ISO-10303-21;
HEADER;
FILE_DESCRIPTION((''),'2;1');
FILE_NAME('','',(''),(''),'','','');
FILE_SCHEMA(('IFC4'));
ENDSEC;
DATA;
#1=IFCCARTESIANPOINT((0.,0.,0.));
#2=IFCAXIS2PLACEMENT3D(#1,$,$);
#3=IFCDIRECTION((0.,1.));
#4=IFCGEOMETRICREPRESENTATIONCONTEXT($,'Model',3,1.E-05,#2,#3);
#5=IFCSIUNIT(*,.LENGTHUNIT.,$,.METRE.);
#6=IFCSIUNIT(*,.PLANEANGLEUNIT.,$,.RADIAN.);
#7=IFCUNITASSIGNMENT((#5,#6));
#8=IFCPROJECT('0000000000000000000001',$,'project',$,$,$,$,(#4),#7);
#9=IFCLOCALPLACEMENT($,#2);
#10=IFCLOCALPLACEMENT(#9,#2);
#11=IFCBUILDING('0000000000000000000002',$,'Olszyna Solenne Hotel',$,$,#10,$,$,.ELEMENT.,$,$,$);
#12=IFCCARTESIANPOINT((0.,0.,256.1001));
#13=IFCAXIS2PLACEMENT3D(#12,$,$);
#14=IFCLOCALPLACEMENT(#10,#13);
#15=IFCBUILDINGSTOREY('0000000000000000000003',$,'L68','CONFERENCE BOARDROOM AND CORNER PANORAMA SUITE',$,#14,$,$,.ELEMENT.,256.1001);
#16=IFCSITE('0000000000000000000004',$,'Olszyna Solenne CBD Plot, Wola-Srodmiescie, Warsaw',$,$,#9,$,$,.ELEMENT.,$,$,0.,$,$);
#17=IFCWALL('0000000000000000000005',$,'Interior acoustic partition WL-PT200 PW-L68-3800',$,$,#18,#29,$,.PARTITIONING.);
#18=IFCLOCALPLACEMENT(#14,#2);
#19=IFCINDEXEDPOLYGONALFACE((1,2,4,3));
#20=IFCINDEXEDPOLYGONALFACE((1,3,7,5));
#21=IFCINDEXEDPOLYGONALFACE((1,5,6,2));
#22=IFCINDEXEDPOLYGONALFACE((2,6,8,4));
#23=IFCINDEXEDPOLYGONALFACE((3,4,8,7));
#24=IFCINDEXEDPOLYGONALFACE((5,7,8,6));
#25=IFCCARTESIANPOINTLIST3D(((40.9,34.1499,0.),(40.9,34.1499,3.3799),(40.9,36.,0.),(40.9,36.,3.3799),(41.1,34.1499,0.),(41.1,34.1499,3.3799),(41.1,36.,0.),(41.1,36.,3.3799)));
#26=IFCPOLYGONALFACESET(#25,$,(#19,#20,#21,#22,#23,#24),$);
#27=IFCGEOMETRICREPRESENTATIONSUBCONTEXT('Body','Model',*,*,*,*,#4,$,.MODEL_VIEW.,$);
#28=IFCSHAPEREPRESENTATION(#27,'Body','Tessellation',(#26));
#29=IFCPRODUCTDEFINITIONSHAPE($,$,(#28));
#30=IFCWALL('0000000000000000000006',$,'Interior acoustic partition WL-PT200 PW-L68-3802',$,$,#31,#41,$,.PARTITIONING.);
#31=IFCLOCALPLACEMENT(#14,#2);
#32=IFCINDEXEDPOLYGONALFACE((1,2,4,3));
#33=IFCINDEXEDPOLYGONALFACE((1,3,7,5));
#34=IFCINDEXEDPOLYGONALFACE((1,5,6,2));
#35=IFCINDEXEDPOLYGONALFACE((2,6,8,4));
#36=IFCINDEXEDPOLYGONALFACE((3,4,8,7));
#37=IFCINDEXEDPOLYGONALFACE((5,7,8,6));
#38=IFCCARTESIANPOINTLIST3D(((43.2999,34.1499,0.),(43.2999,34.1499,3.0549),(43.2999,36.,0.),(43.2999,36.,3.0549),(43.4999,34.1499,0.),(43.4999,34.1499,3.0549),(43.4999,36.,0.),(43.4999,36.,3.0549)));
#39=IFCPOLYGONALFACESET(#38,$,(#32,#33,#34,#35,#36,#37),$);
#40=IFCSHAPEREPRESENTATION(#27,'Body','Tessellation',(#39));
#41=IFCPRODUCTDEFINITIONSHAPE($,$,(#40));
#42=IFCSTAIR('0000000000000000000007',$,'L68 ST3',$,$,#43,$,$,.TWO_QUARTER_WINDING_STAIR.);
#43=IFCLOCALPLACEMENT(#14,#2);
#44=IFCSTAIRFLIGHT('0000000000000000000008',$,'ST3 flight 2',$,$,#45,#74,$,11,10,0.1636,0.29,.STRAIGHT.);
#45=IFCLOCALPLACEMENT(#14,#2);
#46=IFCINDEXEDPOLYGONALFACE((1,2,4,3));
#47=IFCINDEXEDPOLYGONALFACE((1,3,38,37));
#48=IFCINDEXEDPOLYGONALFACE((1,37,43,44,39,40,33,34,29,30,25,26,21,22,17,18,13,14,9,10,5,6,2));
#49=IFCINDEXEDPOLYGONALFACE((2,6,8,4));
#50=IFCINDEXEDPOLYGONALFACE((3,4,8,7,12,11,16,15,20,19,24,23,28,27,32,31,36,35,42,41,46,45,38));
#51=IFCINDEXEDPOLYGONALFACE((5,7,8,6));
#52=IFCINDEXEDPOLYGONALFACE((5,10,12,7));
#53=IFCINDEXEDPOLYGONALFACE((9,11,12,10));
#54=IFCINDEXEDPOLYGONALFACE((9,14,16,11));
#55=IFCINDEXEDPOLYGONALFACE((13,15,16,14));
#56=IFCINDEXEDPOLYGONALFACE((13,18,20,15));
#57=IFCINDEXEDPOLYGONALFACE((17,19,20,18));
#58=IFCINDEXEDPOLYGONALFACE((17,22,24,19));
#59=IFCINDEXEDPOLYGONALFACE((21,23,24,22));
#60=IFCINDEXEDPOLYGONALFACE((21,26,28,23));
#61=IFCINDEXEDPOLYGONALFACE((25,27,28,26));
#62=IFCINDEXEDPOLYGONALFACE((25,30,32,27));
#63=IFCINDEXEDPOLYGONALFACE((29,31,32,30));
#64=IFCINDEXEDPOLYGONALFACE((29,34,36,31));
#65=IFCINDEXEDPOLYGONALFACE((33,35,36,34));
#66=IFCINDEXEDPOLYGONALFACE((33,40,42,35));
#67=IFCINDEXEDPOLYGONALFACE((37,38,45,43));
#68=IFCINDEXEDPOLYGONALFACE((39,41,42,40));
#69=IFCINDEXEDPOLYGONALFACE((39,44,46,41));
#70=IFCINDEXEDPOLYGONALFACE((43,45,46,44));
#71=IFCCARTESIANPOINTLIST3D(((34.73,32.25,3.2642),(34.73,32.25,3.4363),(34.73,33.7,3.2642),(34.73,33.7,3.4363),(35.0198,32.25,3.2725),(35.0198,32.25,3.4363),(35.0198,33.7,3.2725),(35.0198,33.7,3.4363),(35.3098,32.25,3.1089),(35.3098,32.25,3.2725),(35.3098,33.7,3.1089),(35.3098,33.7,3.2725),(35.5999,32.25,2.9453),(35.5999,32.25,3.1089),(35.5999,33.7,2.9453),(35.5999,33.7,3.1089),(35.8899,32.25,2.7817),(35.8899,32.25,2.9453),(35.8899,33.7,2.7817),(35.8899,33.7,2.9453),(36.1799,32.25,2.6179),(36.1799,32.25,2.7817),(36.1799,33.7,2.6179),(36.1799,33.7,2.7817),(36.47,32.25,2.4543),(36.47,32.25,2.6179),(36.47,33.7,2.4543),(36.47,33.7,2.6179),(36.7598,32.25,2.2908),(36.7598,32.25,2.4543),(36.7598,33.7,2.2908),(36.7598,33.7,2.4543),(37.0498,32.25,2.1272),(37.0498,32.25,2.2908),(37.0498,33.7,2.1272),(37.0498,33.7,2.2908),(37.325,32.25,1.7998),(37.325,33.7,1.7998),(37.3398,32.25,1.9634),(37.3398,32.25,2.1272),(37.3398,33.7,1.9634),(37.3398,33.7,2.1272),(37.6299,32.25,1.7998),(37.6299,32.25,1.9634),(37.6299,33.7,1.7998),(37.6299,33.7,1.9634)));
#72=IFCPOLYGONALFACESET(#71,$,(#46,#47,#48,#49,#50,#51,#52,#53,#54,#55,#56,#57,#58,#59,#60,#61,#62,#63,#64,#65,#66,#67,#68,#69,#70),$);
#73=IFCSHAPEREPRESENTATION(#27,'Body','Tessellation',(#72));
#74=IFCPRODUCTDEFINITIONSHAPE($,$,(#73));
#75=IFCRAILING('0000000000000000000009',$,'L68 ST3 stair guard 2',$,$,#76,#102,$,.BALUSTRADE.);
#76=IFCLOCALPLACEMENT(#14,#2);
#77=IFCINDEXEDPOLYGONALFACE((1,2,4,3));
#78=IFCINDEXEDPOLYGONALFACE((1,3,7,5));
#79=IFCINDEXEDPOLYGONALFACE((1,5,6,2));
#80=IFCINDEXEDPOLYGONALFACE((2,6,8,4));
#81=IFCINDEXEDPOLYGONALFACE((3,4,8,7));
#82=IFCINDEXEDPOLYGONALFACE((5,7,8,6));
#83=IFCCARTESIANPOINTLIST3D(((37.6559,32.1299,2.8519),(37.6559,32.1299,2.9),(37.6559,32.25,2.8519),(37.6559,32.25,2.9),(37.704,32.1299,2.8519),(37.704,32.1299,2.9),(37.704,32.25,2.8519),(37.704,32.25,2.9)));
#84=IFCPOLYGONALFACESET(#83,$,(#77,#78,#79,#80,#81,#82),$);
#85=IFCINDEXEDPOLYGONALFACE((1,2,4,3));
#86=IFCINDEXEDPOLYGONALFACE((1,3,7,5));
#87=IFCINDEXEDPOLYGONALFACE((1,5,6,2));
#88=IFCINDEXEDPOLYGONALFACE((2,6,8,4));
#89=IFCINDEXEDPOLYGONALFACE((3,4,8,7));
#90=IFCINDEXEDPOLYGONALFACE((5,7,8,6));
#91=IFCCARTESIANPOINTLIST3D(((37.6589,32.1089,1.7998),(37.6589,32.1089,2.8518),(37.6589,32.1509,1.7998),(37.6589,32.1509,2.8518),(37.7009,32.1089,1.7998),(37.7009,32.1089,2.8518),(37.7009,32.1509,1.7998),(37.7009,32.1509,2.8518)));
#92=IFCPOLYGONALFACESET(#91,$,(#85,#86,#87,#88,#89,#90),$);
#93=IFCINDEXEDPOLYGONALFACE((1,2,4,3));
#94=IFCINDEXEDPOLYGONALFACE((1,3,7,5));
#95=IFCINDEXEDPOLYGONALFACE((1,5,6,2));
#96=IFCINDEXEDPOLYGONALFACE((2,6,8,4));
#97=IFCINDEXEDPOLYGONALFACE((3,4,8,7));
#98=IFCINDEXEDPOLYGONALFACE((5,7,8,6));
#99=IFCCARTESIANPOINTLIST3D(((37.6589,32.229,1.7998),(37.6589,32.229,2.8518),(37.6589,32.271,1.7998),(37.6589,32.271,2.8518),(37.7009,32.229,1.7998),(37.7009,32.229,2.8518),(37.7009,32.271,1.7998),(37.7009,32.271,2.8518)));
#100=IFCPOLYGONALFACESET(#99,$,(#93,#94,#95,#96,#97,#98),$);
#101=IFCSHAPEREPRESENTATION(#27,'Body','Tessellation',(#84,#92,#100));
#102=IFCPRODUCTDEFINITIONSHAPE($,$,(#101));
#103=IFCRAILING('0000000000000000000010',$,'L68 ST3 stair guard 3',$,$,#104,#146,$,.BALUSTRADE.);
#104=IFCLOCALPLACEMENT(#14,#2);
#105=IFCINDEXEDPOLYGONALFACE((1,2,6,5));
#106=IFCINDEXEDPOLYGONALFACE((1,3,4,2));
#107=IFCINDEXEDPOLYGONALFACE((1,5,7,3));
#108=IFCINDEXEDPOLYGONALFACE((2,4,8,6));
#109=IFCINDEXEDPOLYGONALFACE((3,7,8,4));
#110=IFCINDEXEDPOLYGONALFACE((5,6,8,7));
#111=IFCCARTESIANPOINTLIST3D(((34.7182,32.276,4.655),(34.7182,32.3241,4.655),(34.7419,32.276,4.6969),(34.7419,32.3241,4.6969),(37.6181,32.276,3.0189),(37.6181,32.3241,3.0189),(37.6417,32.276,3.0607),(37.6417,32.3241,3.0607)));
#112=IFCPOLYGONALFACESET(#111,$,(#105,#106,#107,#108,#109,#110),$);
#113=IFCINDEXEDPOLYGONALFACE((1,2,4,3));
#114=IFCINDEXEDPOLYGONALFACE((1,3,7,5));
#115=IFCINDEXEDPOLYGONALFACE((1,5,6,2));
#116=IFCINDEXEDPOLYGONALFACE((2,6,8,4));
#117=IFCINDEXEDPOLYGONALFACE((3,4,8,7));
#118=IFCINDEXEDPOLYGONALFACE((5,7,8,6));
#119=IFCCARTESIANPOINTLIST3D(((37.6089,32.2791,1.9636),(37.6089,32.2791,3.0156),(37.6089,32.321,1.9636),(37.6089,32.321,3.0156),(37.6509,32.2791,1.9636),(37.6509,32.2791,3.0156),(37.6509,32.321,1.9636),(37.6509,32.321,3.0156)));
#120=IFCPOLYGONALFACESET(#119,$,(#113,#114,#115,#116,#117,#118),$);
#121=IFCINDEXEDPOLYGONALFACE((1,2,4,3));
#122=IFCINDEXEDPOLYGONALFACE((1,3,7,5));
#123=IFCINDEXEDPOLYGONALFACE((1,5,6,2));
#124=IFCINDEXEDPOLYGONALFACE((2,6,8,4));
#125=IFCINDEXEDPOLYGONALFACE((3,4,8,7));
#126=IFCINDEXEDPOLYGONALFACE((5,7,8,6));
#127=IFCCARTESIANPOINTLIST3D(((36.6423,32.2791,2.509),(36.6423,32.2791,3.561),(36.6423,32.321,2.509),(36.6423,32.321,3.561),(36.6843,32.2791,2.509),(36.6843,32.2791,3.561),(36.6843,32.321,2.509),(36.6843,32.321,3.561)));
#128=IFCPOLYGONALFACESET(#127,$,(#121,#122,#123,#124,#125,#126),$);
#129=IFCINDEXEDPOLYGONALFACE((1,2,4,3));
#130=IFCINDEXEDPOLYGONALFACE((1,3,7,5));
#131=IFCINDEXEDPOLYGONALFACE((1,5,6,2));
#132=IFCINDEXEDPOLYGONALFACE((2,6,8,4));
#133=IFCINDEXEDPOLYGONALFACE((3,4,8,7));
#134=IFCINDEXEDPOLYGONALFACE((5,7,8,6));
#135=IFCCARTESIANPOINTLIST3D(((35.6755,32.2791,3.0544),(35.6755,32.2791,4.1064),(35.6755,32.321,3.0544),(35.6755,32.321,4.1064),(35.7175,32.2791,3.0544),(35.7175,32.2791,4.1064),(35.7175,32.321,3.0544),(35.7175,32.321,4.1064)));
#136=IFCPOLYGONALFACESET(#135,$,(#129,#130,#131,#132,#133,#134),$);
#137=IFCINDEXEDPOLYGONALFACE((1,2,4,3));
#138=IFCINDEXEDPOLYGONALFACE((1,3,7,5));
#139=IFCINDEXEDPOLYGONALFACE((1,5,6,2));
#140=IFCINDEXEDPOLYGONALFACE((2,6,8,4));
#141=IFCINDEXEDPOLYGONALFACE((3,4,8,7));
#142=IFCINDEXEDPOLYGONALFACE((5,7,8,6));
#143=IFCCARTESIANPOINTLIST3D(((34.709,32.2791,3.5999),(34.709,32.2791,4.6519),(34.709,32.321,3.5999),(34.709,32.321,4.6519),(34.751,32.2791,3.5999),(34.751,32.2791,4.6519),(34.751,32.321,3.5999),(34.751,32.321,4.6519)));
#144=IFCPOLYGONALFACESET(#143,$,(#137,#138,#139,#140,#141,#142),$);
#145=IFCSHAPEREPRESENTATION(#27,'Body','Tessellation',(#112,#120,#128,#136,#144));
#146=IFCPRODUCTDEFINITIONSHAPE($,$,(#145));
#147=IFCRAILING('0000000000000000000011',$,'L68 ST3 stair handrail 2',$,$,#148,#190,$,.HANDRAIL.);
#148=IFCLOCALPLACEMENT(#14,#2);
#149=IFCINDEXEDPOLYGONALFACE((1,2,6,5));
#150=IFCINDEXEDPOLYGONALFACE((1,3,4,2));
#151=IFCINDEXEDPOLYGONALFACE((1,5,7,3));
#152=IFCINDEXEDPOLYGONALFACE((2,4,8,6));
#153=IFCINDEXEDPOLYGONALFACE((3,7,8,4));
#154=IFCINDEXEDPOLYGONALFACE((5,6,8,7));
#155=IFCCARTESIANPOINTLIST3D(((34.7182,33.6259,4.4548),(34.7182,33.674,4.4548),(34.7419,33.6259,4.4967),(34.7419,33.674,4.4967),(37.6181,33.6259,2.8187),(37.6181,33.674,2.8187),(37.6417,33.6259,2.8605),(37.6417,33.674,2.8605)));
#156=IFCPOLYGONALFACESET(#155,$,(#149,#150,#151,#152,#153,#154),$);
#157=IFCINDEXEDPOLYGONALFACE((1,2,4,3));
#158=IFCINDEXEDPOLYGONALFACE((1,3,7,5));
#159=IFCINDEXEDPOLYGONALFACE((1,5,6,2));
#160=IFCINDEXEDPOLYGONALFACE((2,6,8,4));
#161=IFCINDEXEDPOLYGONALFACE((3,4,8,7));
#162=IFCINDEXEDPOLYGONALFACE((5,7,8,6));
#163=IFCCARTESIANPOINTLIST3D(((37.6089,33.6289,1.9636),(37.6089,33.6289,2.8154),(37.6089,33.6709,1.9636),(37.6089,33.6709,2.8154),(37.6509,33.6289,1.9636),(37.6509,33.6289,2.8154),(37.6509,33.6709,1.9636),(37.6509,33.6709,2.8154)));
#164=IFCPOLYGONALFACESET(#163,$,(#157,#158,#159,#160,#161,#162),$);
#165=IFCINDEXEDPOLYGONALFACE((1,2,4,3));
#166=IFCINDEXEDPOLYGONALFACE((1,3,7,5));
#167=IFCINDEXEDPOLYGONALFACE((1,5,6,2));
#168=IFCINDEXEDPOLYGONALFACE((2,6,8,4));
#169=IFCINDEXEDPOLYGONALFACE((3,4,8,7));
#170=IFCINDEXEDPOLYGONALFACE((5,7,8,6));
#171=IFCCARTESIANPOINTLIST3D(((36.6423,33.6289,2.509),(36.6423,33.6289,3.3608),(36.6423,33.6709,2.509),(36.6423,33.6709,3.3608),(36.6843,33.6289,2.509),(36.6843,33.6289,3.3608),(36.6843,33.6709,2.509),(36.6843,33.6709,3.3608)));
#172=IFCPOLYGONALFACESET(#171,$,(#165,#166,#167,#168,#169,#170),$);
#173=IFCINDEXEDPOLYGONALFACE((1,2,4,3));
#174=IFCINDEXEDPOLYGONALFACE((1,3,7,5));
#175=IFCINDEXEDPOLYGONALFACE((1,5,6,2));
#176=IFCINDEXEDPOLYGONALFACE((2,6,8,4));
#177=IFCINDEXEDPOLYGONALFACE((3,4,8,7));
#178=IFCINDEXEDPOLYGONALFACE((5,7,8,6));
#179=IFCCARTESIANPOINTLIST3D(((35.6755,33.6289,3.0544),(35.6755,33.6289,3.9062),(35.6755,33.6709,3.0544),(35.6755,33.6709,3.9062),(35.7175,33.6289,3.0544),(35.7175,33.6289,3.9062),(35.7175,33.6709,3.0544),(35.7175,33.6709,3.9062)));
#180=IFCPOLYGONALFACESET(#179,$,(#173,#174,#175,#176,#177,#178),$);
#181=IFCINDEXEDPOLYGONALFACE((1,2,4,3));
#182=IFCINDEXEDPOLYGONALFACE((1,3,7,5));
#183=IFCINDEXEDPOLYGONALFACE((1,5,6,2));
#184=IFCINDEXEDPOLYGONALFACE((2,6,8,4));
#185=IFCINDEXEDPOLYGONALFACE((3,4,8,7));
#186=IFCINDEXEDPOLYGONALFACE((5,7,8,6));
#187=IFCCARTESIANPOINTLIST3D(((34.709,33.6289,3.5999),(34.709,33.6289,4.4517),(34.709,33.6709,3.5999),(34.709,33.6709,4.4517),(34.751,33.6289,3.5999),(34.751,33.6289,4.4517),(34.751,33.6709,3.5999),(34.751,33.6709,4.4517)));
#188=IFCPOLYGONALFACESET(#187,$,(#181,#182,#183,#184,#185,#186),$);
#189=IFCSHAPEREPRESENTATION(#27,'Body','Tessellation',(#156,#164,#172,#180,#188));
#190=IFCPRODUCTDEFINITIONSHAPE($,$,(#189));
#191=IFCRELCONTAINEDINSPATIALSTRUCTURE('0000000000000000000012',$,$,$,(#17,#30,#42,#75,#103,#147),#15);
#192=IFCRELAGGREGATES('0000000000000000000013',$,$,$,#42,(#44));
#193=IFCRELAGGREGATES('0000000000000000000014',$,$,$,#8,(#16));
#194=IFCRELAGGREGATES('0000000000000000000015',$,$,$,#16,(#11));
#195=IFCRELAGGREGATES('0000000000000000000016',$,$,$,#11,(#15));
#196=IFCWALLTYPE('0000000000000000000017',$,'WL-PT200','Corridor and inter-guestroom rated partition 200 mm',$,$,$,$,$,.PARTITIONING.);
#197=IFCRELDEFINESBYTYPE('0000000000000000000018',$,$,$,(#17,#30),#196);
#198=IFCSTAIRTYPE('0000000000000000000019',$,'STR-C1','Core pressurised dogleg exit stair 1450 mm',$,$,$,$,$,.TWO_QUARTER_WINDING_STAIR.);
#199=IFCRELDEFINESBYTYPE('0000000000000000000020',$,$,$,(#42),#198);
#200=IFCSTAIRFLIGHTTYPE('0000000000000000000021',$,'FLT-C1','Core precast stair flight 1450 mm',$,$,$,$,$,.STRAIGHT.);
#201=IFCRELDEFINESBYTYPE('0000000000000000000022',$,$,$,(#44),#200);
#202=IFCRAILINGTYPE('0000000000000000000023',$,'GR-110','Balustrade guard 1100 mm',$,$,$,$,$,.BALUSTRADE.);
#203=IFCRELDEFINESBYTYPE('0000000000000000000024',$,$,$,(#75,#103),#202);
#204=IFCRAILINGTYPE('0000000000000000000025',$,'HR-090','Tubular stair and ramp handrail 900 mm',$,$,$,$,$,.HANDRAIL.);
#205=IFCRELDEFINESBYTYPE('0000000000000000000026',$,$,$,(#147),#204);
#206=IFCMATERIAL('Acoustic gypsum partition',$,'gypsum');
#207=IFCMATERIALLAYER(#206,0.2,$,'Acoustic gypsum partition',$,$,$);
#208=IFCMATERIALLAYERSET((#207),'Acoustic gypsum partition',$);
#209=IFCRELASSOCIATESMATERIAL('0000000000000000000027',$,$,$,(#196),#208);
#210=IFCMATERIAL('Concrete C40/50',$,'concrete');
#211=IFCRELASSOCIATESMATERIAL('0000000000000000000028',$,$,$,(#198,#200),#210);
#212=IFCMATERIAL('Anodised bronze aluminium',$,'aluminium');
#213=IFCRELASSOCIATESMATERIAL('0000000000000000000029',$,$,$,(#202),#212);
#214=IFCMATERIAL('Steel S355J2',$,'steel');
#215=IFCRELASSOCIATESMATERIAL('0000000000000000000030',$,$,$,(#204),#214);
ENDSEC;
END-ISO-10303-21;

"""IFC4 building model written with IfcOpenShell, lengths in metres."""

from ifc_helpers import new_model, si_unit, direction, frame, frame_2d, origin, origin_2d, place, context, subcontext, project, spatial, polyline, rectangle, outline, extrude, material, layer, layer_set, type_object, element, aggregate, save


model = new_model("IFC4")

# Units and contexts
model_context = context("Model", 3, precision=1e-05, world=origin(), true_north=direction((0.0, 1.0)))
body_context = subcontext(model_context, "Body", "Model", "MODEL_VIEW")
ifc_project = project(units=[si_unit("LENGTHUNIT", "METRE"), si_unit("PLANEANGLEUNIT", "RADIAN")], contexts=[model_context])

# Site, building, storey
site_placement = place(None, origin())
site = spatial("IfcSite", under=ifc_project, at=site_placement, Name="Olszyna Solenne CBD Plot, Wola-Srodmiescie, Warsaw", CompositionType="ELEMENT", RefElevation=0.0)
building_placement = place(site_placement, origin())
building = spatial("IfcBuilding", under=site, at=building_placement, Name="Olszyna Solenne Hotel", CompositionType="ELEMENT")
storey_placement = place(building_placement, frame((0.0, 0.0, 256.1001)))
storey = spatial("IfcBuildingStorey", under=building, at=storey_placement, Name="L68", Description="CONFERENCE BOARDROOM AND CORNER PANORAMA SUITE", CompositionType="ELEMENT", Elevation=256.1001)

# Shared definitions
ifc_material_1 = material(Name="Steel S355J2", Category="steel")

# Shared definitions
ifc_material_2 = material(Name="Anodised bronze aluminium", Category="aluminium")

# Shared definitions
ifc_material_3 = material(Name="Acoustic gypsum partition", Category="gypsum")

# Walls
ifc_layer_1 = layer(ifc_material_3, 0.2, Name="Acoustic gypsum partition")
ifc_layer_set_1 = layer_set([ifc_layer_1], Name="Acoustic gypsum partition")
wall_type_1 = type_object("IfcWallType", Name="WL-PT200", Description="Corridor and inter-guestroom rated partition 200 mm", PredefinedType="PARTITIONING", material=ifc_layer_set_1)
wall_1_placement = place(storey_placement, frame((41.0, 34.1499, 0.0), z_axis=(0.0, 0.0, 1.0), x_axis=(0.0, 1.0, 0.0)))
element("IfcWall", 1, at=wall_1_placement, inside=storey, type_object=wall_type_1, Name="Interior acoustic partition WL-PT200 PW-L68-3800", PredefinedType="PARTITIONING", context=body_context, shape_type="SweptSolid", body=[
    extrude(rectangle(XDim=1.8501, YDim=0.2, at=frame_2d((0.925, 0.0))), origin(), (0.0, 0.0, 1.0), 3.3799),
])
wall_2_placement = place(storey_placement, frame((43.3999, 34.1499, 0.0), z_axis=(0.0, 0.0, 1.0), x_axis=(0.0, 1.0, 0.0)))
element("IfcWall", 2, at=wall_2_placement, inside=storey, type_object=wall_type_1, Name="Interior acoustic partition WL-PT200 PW-L68-3802", PredefinedType="PARTITIONING", context=body_context, shape_type="SweptSolid", body=[
    extrude(rectangle(XDim=1.8501, YDim=0.2, at=frame_2d((0.925, 0.0))), origin(), (0.0, 0.0, 1.0), 3.0549),
])

# Stair, stair flight
ifc_material_4 = material(Name="Concrete C40/50", Category="concrete")
stair_type = type_object("IfcStairType", Name="STR-C1", Description="Core pressurised dogleg exit stair 1450 mm", PredefinedType="TWO_QUARTER_WINDING_STAIR", material=ifc_material_4)
stair_placement = place(storey_placement, origin())
stair = element("IfcStair", 3, at=stair_placement, inside=storey, type_object=stair_type, Name="L68 ST3", PredefinedType="TWO_QUARTER_WINDING_STAIR")
stair_flight_type = type_object("IfcStairFlightType", Name="FLT-C1", Description="Core precast stair flight 1450 mm", PredefinedType="STRAIGHT", material=ifc_material_4)
stair_flight_placement = place(storey_placement, frame((37.6299, 32.9751, 1.7998), z_axis=(0.0, 0.0, 1.0), x_axis=(-1.0, 0.0, 0.0)))
stair_flight = element("IfcStairFlight", 4, at=stair_flight_placement, type_object=stair_flight_type, Name="ST3 flight 2", NumberOfRisers=11, NumberOfTreads=10, PredefinedType="STRAIGHT", RiserHeight=0.1636, TreadLength=0.29, context=body_context, shape_type="SweptSolid", body=[
    extrude(outline(polyline([(0.0, 0.0), (0.0, 0.1636), (0.29, 0.1636), (0.29, 0.3274), (0.5801, 0.3274), (0.5801, 0.491), (0.8701, 0.491), (0.8701, 0.6545), (1.1599, 0.6545), (1.1599, 0.8181), (1.45, 0.8181), (1.45, 0.9819), (1.74, 0.9819), (1.74, 1.1455), (2.03, 1.1455), (2.03, 1.3091), (2.3201, 1.3091), (2.3201, 1.4727), (2.6101, 1.4727), (2.6101, 1.6365), (2.8999, 1.6365), (2.8999, 1.8), (2.8999, 1.4644), (0.3049, 0.0), (0.0, 0.0)])), frame((0.0, 0.7251, 0.0), z_axis=(0.0, -1.0, 0.0), x_axis=(1.0, 0.0, 0.0)), (0.0, 0.0, 1.0), 1.45),
])
aggregate(stair, [stair_flight])

# Railings
railing_type_1 = type_object("IfcRailingType", Name="GR-110", Description="Balustrade guard 1100 mm", PredefinedType="BALUSTRADE", material=ifc_material_2)
railing_1_placement = place(storey_placement, frame((37.6799, 32.1299, 1.7998)))
element("IfcRailing", 5, at=railing_1_placement, inside=storey, type_object=railing_type_1, Name="L68 ST3 stair guard 2", PredefinedType="BALUSTRADE", context=body_context, shape_type="SweptSolid", body=[
    extrude(rectangle(XDim=0.0481, YDim=0.0481, at=origin_2d()), frame((0.0, 0.0, 1.0762), z_axis=(0.0, 1.0, 0.0), x_axis=(-1.0, 0.0, 0.0)), (0.0, 0.0, 1.0), 0.1201),
    extrude(rectangle(XDim=0.042, YDim=0.042, at=origin_2d()), origin(), (0.0, 0.0, 1.0), 1.052),
    extrude(rectangle(XDim=0.042, YDim=0.042, at=origin_2d()), frame((0.0, 0.1201, 0.0)), (0.0, 0.0, 1.0), 1.052),
])
railing_2_placement = place(storey_placement, frame((37.6299, 32.3, 1.9636)))
element("IfcRailing", 6, at=railing_2_placement, inside=storey, type_object=railing_type_1, Name="L68 ST3 stair guard 3", PredefinedType="BALUSTRADE", context=body_context, shape_type="SweptSolid", body=[
    extrude(rectangle(XDim=0.0481, YDim=0.0481, at=origin_2d()), frame((0.0, 0.0, 1.0762), z_axis=(-0.870929, 0.0, 0.49141), x_axis=(0.0, -1.0, 0.0)), (0.0, 0.0, 1.0), 3.3296),
    extrude(rectangle(XDim=0.042, YDim=0.042, at=origin_2d()), origin(), (0.0, 0.0, 1.0), 1.052),
    extrude(rectangle(XDim=0.042, YDim=0.042, at=origin_2d()), frame((-0.9666, 0.0, 0.5454)), (0.0, 0.0, 1.0), 1.052),
    extrude(rectangle(XDim=0.042, YDim=0.042, at=origin_2d()), frame((-1.9333, 0.0, 1.0908)), (0.0, 0.0, 1.0), 1.052),
    extrude(rectangle(XDim=0.042, YDim=0.042, at=origin_2d()), frame((-2.8999, 0.0, 1.6362)), (0.0, 0.0, 1.0), 1.052),
])
railing_type_2 = type_object("IfcRailingType", Name="HR-090", Description="Tubular stair and ramp handrail 900 mm", PredefinedType="HANDRAIL", material=ifc_material_1)
railing_3_placement = place(storey_placement, frame((37.6299, 33.6499, 1.9636)))
element("IfcRailing", 7, at=railing_3_placement, inside=storey, type_object=railing_type_2, Name="L68 ST3 stair handrail 2", PredefinedType="HANDRAIL", context=body_context, shape_type="SweptSolid", body=[
    extrude(rectangle(XDim=0.0481, YDim=0.0481, at=origin_2d()), frame((0.0, 0.0, 0.876), z_axis=(-0.870929, 0.0, 0.49141), x_axis=(0.0, -1.0, 0.0)), (0.0, 0.0, 1.0), 3.3296),
    extrude(rectangle(XDim=0.042, YDim=0.042, at=origin_2d()), origin(), (0.0, 0.0, 1.0), 0.8518),
    extrude(rectangle(XDim=0.042, YDim=0.042, at=origin_2d()), frame((-0.9666, 0.0, 0.5454)), (0.0, 0.0, 1.0), 0.8518),
    extrude(rectangle(XDim=0.042, YDim=0.042, at=origin_2d()), frame((-1.9333, 0.0, 1.0908)), (0.0, 0.0, 1.0), 0.8518),
    extrude(rectangle(XDim=0.042, YDim=0.042, at=origin_2d()), frame((-2.8999, 0.0, 1.6362)), (0.0, 0.0, 1.0), 0.8518),
])

save(model, "model.ifc")
